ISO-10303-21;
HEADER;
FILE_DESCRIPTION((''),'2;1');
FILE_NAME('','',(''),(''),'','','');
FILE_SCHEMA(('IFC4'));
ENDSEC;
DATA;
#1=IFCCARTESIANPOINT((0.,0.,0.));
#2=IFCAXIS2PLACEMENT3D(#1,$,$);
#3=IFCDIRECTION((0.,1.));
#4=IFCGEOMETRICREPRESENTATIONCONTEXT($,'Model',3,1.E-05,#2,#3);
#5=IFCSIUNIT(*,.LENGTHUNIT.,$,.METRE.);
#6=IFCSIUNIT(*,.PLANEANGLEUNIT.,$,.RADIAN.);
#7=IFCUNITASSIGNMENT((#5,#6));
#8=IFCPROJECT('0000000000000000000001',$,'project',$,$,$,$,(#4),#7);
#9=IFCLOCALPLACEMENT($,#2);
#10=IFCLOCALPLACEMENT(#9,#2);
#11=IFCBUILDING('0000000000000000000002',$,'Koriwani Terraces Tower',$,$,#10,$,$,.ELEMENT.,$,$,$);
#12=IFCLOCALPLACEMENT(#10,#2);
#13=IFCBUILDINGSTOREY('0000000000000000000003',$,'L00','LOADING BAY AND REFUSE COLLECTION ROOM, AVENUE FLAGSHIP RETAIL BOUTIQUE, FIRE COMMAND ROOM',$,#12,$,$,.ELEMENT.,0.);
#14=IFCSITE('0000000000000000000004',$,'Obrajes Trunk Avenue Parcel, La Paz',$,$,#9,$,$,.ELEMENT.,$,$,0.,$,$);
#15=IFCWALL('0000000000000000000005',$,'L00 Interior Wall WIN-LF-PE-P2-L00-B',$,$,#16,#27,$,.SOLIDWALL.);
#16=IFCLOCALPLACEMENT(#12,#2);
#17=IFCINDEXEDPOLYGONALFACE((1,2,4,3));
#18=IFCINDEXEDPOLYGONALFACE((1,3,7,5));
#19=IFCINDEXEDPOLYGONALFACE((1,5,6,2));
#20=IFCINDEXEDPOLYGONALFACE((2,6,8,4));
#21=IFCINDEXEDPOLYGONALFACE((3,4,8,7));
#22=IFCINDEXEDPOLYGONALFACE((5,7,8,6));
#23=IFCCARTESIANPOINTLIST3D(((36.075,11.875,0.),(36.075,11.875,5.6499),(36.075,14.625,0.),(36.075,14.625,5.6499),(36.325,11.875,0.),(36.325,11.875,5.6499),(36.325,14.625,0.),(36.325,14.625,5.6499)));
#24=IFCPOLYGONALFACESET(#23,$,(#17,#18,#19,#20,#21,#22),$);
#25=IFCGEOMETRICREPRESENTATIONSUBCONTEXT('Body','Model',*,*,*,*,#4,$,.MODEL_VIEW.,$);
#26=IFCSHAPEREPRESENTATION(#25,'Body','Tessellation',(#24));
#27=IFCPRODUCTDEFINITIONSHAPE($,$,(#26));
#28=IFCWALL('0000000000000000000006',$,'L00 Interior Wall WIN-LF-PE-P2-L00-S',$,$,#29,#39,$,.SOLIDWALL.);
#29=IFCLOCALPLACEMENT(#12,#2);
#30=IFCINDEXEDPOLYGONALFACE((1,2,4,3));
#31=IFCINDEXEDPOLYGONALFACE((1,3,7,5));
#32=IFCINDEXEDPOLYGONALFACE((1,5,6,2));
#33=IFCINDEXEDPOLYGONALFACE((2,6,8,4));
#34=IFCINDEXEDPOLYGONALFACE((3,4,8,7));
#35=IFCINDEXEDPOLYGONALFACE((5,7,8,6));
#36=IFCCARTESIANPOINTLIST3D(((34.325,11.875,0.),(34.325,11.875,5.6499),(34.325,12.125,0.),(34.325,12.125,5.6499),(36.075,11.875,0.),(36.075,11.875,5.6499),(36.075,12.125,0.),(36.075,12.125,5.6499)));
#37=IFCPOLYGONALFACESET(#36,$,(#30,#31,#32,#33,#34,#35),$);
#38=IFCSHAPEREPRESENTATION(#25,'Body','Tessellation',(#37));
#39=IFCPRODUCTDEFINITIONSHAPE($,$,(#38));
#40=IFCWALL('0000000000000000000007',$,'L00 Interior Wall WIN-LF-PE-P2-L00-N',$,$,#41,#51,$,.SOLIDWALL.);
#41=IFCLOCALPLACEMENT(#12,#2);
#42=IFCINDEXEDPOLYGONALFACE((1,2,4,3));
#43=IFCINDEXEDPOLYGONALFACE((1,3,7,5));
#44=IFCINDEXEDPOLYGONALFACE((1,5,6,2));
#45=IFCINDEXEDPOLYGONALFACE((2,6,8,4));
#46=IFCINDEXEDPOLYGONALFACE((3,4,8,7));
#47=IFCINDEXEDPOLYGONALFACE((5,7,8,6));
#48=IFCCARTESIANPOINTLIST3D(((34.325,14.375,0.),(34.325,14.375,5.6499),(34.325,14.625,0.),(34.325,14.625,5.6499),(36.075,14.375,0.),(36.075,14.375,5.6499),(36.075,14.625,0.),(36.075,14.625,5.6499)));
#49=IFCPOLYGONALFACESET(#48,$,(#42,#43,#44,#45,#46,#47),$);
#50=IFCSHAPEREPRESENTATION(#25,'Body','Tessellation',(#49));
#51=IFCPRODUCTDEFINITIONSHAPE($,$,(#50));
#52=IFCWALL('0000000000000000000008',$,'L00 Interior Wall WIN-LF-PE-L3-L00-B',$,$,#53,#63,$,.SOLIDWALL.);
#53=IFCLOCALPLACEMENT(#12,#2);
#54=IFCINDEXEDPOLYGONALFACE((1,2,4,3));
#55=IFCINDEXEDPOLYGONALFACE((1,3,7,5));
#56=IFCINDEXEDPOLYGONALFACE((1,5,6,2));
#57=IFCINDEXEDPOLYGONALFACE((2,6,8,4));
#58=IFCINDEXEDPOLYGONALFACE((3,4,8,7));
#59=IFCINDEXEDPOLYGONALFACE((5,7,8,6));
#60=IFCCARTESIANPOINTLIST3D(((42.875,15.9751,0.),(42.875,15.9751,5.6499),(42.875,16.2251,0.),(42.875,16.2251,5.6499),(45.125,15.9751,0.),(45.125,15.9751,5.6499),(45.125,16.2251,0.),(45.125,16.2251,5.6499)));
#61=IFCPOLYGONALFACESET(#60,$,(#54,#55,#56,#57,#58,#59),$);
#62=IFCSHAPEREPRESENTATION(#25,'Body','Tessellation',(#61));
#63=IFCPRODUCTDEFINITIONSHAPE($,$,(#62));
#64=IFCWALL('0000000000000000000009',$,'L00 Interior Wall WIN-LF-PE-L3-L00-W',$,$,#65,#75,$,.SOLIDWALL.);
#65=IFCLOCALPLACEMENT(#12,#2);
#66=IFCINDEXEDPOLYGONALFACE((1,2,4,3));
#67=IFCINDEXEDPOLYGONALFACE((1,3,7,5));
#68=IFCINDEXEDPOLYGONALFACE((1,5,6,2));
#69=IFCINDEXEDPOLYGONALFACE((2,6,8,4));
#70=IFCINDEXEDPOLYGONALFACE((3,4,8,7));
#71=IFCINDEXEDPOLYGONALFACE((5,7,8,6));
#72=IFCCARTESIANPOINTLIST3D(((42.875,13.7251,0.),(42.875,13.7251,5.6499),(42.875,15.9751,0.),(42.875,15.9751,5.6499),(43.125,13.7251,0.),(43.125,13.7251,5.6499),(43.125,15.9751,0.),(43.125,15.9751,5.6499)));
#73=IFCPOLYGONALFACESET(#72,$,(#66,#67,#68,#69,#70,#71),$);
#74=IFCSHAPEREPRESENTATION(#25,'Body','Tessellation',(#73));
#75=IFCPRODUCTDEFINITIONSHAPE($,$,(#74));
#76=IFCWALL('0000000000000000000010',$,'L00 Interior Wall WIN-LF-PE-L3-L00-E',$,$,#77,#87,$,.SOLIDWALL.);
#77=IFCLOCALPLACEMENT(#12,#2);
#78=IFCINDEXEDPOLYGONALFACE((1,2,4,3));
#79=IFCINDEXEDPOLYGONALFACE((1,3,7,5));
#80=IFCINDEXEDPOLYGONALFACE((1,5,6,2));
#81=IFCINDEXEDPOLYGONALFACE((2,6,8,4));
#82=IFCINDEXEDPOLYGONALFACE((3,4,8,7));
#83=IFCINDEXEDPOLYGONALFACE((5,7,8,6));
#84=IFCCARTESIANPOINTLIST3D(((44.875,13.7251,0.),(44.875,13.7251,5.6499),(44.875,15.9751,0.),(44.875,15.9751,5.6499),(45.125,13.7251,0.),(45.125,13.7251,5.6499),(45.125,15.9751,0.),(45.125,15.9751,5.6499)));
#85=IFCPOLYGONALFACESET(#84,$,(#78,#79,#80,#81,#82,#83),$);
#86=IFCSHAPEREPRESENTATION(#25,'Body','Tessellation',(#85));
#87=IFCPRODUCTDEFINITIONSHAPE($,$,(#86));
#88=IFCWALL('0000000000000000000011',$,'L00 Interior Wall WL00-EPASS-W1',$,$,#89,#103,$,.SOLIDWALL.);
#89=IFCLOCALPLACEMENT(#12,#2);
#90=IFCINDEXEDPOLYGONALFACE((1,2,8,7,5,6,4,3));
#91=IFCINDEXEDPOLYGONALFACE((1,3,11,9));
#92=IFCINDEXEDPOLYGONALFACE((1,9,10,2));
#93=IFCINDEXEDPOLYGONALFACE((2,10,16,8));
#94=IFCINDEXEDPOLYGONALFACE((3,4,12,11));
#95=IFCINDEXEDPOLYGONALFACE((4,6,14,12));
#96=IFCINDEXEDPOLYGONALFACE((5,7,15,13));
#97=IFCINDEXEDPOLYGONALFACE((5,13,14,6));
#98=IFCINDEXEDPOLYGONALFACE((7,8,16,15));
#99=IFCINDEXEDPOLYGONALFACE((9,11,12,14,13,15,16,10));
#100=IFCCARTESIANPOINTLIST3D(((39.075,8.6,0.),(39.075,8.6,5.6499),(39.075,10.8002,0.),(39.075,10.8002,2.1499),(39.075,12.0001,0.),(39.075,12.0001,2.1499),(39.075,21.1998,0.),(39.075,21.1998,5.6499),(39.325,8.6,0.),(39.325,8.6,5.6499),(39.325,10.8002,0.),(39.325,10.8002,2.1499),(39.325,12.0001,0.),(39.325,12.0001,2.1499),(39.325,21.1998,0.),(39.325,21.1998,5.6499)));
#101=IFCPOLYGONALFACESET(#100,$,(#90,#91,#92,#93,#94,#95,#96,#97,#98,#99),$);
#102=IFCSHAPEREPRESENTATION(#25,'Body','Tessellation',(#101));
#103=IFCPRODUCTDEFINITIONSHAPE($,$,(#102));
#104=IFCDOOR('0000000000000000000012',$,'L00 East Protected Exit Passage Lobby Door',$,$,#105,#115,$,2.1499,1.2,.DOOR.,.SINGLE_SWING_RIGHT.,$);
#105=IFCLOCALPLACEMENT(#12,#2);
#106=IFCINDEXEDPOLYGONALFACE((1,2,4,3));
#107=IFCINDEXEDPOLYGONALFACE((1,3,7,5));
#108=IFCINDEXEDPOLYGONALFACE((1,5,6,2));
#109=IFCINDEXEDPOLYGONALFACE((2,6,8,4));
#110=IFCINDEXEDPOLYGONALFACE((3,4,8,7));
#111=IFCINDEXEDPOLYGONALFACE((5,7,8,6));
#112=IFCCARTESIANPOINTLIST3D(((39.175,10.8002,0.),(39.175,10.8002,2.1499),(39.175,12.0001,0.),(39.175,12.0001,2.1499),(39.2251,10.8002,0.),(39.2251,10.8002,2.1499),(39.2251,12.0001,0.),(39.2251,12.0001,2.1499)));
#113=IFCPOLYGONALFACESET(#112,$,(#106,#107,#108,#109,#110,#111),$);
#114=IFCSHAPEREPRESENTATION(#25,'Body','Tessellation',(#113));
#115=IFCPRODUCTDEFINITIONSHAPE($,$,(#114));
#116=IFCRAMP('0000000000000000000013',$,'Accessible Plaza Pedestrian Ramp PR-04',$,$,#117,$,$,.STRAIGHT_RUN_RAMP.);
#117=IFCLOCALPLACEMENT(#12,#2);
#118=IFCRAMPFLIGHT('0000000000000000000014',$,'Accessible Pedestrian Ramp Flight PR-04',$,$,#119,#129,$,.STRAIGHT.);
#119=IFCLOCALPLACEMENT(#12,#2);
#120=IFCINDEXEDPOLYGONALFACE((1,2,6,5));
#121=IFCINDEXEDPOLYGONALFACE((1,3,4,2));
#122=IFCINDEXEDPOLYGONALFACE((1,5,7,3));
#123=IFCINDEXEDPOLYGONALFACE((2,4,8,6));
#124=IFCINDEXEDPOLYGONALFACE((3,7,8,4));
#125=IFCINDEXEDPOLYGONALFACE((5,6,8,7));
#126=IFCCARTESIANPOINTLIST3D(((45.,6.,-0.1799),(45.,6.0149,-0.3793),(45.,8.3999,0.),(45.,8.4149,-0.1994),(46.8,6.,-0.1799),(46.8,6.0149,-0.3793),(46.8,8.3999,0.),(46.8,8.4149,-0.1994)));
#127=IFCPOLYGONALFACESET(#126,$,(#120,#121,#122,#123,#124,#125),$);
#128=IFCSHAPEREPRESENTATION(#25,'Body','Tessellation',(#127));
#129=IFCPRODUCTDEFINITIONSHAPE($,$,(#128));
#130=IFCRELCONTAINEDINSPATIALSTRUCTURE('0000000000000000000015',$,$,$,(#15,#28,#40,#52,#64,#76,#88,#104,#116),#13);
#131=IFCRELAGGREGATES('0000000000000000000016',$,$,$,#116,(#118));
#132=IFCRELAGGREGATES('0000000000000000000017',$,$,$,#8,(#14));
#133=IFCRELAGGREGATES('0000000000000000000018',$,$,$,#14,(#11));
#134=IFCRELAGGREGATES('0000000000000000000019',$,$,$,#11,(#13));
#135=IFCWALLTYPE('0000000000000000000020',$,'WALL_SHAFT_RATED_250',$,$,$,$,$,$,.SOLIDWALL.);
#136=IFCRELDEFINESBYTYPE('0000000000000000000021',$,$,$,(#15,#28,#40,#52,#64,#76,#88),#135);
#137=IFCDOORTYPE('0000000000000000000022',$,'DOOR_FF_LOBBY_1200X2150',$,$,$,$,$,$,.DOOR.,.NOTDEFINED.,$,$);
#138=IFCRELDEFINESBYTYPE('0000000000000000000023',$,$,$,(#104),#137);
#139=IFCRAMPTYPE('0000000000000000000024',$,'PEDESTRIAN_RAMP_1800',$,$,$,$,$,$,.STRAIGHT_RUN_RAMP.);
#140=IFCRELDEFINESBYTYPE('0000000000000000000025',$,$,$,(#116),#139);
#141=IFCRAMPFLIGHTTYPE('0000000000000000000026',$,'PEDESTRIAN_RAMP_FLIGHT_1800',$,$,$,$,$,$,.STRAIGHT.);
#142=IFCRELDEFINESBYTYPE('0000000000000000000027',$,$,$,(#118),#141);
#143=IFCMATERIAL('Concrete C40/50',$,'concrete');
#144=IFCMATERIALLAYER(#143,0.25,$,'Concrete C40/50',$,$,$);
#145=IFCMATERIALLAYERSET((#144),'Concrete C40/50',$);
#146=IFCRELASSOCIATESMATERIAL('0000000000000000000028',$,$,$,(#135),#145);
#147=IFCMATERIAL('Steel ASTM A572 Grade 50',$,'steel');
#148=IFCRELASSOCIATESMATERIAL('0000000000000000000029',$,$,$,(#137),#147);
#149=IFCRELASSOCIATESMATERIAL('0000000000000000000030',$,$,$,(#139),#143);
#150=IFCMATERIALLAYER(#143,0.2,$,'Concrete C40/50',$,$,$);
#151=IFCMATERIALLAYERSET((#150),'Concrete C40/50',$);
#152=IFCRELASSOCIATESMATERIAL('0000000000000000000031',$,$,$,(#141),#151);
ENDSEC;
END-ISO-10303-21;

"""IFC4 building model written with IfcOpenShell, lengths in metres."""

from ifc_helpers import new_model, si_unit, direction, frame, frame_2d, origin, place, context, subcontext, project, spatial, polyline, rectangle, outline, extrude, material, layer, layer_set, type_object, element, fill, aggregate, save


model = new_model("IFC4")

# Units and contexts
model_context = context("Model", 3, precision=1e-05, world=origin(), true_north=direction((0.0, 1.0)))
body_context = subcontext(model_context, "Body", "Model", "MODEL_VIEW")
ifc_project = project(units=[si_unit("LENGTHUNIT", "METRE"), si_unit("PLANEANGLEUNIT", "RADIAN")], contexts=[model_context])

# Site, building, storey
site_placement = place(None, origin())
site = spatial("IfcSite", under=ifc_project, at=site_placement, Name="Obrajes Trunk Avenue Parcel, La Paz", CompositionType="ELEMENT", RefElevation=0.0)
building_placement = place(site_placement, origin())
building = spatial("IfcBuilding", under=site, at=building_placement, Name="Koriwani Terraces Tower", CompositionType="ELEMENT")
storey_placement = place(building_placement, origin())
storey = spatial("IfcBuildingStorey", under=building, at=storey_placement, Name="L00", Description="LOADING BAY AND REFUSE COLLECTION ROOM, AVENUE FLAGSHIP RETAIL BOUTIQUE, FIRE COMMAND ROOM", CompositionType="ELEMENT", Elevation=0.0)

# Shared definitions
ifc_material_1 = material(Name="Concrete C40/50", Category="concrete")
ifc_layer_1 = layer(ifc_material_1, 0.25, Name="Concrete C40/50")
ifc_layer_set_1 = layer_set([ifc_layer_1], Name="Concrete C40/50")
wall_type_1 = type_object("IfcWallType", Name="WALL_SHAFT_RATED_250", PredefinedType="SOLIDWALL", material=ifc_layer_set_1)
ifc_material_2 = material(Name="Steel ASTM A572 Grade 50", Category="steel")

# Walls
wall_1_placement = place(storey_placement, frame((36.2, 11.875, 0.0), z_axis=(0.0, 0.0, 1.0), x_axis=(0.0, 1.0, 0.0)))
element("IfcWall", 1, at=wall_1_placement, inside=storey, type_object=wall_type_1, Name="L00 Interior Wall WIN-LF-PE-P2-L00-B", PredefinedType="SOLIDWALL", context=body_context, shape_type="SweptSolid", body=[
    extrude(rectangle(XDim=2.75, YDim=0.25, at=frame_2d((1.375, 0.0))), origin(), (0.0, 0.0, 1.0), 5.6499),
])
for number, where, z_axis, x_axis, name in (
    (2, (34.325, 12.0, 0.0), (0.0, 0.0, 1.0), (1.0, 0.0, 0.0), "L00 Interior Wall WIN-LF-PE-P2-L00-S"),
    (3, (34.325, 14.5, 0.0), (0.0, 0.0, 1.0), (1.0, 0.0, 0.0), "L00 Interior Wall WIN-LF-PE-P2-L00-N"),
):
    element("IfcWall", number, at=place(storey_placement, frame(where, z_axis=z_axis, x_axis=x_axis)), inside=storey, type_object=wall_type_1, Name=name, PredefinedType="SOLIDWALL", context=body_context, shape_type="SweptSolid", body=[
        extrude(rectangle(XDim=1.75, YDim=0.25, at=frame_2d((0.875, 0.0))), origin(), (0.0, 0.0, 1.0), 5.6499),
    ])

# Walls
for number, where, z_axis, x_axis, name in (
    (4, (42.875, 16.1001, 0.0), (0.0, 0.0, 1.0), (1.0, 0.0, 0.0), "L00 Interior Wall WIN-LF-PE-L3-L00-B"),
    (5, (43.0, 13.7251, 0.0), (0.0, 0.0, 1.0), (0.0, 1.0, 0.0), "L00 Interior Wall WIN-LF-PE-L3-L00-W"),
    (6, (45.0, 13.7251, 0.0), (0.0, 0.0, 1.0), (0.0, 1.0, 0.0), "L00 Interior Wall WIN-LF-PE-L3-L00-E"),
):
    element("IfcWall", number, at=place(storey_placement, frame(where, z_axis=z_axis, x_axis=x_axis)), inside=storey, type_object=wall_type_1, Name=name, PredefinedType="SOLIDWALL", context=body_context, shape_type="SweptSolid", body=[
        extrude(rectangle(XDim=2.25, YDim=0.25, at=frame_2d((1.125, 0.0))), origin(), (0.0, 0.0, 1.0), 5.6499),
    ])

# Wall, opening, door
wall_2_placement = place(storey_placement, frame((39.2, 8.6001, 0.0), z_axis=(0.0, 0.0, 1.0), x_axis=(0.0, 1.0, 0.0)))
wall_2 = element("IfcWall", 7, at=wall_2_placement, inside=storey, type_object=wall_type_1, Name="L00 Interior Wall WL00-EPASS-W1", PredefinedType="SOLIDWALL", context=body_context, shape_type="SweptSolid", body=[
    extrude(rectangle(XDim=12.5999, YDim=0.25, at=frame_2d((6.2998, 0.0))), origin(), (0.0, 0.0, 1.0), 5.6499),
])
opening_1_placement = place(wall_2_placement, frame((2.2, 0.0, 0.0)))
opening_1 = element("IfcOpeningElement", 8, at=opening_1_placement, cuts=wall_2, PredefinedType="OPENING", context=body_context, shape_type="SweptSolid", body=[
    extrude(rectangle(XDim=1.2, YDim=2.1499, at=frame_2d((0.6001, 1.075))), frame((0.0, 0.135, 0.0), z_axis=(0.0, -1.0, 0.0), x_axis=(1.0, 0.0, 0.0)), (0.0, 0.0, 1.0), 0.27),
])
door_type_1 = type_object("IfcDoorType", Name="DOOR_FF_LOBBY_1200X2150", OperationType="NOTDEFINED", PredefinedType="DOOR", material=ifc_material_2)
door_1_placement = place(opening_1_placement, origin())
door_1 = element("IfcDoor", 9, at=door_1_placement, inside=storey, type_object=door_type_1, Name="L00 East Protected Exit Passage Lobby Door", OperationType="SINGLE_SWING_RIGHT", OverallHeight=2.1499, OverallWidth=1.2, PredefinedType="DOOR", context=body_context, shape_type="SweptSolid", body=[
    extrude(rectangle(XDim=1.2, YDim=2.1499, at=frame_2d((0.6001, 1.075))), frame((0.0, 0.0249, 0.0), z_axis=(0.0, -1.0, 0.0), x_axis=(1.0, 0.0, 0.0)), (0.0, 0.0, 1.0), 0.05),
])
fill(opening_1, door_1)

# Ramp, ramp flight
ramp_type = type_object("IfcRampType", Name="PEDESTRIAN_RAMP_1800", PredefinedType="STRAIGHT_RUN_RAMP", material=ifc_material_1)
ramp_placement = place(storey_placement, origin())
ramp = element("IfcRamp", 10, at=ramp_placement, inside=storey, type_object=ramp_type, Name="Accessible Plaza Pedestrian Ramp PR-04", PredefinedType="STRAIGHT_RUN_RAMP")
ifc_layer_2 = layer(ifc_material_1, 0.2, Name="Concrete C40/50")
ifc_layer_set_2 = layer_set([ifc_layer_2], Name="Concrete C40/50")
ramp_flight_type = type_object("IfcRampFlightType", Name="PEDESTRIAN_RAMP_FLIGHT_1800", PredefinedType="STRAIGHT", material=ifc_layer_set_2)
ramp_flight_placement = place(storey_placement, frame((45.0, 6.0, -0.1799), z_axis=(0.0, -0.074765, 0.997201), x_axis=(1.0, 0.0, 0.0)))
ramp_flight = element("IfcRampFlight", 11, at=ramp_flight_placement, type_object=ramp_flight_type, Name="Accessible Pedestrian Ramp Flight PR-04", PredefinedType="STRAIGHT", context=body_context, shape_type="SweptSolid", body=[
    extrude(outline(polyline([(0.0, 0.0), (1.8, 0.0), (1.8, 2.4066), (0.0, 2.4066), (0.0, 0.0)])), origin(), (0.0, 0.0, -1.0), 0.2),
])
aggregate(ramp, [ramp_flight])

save(model, "model.ifc")
